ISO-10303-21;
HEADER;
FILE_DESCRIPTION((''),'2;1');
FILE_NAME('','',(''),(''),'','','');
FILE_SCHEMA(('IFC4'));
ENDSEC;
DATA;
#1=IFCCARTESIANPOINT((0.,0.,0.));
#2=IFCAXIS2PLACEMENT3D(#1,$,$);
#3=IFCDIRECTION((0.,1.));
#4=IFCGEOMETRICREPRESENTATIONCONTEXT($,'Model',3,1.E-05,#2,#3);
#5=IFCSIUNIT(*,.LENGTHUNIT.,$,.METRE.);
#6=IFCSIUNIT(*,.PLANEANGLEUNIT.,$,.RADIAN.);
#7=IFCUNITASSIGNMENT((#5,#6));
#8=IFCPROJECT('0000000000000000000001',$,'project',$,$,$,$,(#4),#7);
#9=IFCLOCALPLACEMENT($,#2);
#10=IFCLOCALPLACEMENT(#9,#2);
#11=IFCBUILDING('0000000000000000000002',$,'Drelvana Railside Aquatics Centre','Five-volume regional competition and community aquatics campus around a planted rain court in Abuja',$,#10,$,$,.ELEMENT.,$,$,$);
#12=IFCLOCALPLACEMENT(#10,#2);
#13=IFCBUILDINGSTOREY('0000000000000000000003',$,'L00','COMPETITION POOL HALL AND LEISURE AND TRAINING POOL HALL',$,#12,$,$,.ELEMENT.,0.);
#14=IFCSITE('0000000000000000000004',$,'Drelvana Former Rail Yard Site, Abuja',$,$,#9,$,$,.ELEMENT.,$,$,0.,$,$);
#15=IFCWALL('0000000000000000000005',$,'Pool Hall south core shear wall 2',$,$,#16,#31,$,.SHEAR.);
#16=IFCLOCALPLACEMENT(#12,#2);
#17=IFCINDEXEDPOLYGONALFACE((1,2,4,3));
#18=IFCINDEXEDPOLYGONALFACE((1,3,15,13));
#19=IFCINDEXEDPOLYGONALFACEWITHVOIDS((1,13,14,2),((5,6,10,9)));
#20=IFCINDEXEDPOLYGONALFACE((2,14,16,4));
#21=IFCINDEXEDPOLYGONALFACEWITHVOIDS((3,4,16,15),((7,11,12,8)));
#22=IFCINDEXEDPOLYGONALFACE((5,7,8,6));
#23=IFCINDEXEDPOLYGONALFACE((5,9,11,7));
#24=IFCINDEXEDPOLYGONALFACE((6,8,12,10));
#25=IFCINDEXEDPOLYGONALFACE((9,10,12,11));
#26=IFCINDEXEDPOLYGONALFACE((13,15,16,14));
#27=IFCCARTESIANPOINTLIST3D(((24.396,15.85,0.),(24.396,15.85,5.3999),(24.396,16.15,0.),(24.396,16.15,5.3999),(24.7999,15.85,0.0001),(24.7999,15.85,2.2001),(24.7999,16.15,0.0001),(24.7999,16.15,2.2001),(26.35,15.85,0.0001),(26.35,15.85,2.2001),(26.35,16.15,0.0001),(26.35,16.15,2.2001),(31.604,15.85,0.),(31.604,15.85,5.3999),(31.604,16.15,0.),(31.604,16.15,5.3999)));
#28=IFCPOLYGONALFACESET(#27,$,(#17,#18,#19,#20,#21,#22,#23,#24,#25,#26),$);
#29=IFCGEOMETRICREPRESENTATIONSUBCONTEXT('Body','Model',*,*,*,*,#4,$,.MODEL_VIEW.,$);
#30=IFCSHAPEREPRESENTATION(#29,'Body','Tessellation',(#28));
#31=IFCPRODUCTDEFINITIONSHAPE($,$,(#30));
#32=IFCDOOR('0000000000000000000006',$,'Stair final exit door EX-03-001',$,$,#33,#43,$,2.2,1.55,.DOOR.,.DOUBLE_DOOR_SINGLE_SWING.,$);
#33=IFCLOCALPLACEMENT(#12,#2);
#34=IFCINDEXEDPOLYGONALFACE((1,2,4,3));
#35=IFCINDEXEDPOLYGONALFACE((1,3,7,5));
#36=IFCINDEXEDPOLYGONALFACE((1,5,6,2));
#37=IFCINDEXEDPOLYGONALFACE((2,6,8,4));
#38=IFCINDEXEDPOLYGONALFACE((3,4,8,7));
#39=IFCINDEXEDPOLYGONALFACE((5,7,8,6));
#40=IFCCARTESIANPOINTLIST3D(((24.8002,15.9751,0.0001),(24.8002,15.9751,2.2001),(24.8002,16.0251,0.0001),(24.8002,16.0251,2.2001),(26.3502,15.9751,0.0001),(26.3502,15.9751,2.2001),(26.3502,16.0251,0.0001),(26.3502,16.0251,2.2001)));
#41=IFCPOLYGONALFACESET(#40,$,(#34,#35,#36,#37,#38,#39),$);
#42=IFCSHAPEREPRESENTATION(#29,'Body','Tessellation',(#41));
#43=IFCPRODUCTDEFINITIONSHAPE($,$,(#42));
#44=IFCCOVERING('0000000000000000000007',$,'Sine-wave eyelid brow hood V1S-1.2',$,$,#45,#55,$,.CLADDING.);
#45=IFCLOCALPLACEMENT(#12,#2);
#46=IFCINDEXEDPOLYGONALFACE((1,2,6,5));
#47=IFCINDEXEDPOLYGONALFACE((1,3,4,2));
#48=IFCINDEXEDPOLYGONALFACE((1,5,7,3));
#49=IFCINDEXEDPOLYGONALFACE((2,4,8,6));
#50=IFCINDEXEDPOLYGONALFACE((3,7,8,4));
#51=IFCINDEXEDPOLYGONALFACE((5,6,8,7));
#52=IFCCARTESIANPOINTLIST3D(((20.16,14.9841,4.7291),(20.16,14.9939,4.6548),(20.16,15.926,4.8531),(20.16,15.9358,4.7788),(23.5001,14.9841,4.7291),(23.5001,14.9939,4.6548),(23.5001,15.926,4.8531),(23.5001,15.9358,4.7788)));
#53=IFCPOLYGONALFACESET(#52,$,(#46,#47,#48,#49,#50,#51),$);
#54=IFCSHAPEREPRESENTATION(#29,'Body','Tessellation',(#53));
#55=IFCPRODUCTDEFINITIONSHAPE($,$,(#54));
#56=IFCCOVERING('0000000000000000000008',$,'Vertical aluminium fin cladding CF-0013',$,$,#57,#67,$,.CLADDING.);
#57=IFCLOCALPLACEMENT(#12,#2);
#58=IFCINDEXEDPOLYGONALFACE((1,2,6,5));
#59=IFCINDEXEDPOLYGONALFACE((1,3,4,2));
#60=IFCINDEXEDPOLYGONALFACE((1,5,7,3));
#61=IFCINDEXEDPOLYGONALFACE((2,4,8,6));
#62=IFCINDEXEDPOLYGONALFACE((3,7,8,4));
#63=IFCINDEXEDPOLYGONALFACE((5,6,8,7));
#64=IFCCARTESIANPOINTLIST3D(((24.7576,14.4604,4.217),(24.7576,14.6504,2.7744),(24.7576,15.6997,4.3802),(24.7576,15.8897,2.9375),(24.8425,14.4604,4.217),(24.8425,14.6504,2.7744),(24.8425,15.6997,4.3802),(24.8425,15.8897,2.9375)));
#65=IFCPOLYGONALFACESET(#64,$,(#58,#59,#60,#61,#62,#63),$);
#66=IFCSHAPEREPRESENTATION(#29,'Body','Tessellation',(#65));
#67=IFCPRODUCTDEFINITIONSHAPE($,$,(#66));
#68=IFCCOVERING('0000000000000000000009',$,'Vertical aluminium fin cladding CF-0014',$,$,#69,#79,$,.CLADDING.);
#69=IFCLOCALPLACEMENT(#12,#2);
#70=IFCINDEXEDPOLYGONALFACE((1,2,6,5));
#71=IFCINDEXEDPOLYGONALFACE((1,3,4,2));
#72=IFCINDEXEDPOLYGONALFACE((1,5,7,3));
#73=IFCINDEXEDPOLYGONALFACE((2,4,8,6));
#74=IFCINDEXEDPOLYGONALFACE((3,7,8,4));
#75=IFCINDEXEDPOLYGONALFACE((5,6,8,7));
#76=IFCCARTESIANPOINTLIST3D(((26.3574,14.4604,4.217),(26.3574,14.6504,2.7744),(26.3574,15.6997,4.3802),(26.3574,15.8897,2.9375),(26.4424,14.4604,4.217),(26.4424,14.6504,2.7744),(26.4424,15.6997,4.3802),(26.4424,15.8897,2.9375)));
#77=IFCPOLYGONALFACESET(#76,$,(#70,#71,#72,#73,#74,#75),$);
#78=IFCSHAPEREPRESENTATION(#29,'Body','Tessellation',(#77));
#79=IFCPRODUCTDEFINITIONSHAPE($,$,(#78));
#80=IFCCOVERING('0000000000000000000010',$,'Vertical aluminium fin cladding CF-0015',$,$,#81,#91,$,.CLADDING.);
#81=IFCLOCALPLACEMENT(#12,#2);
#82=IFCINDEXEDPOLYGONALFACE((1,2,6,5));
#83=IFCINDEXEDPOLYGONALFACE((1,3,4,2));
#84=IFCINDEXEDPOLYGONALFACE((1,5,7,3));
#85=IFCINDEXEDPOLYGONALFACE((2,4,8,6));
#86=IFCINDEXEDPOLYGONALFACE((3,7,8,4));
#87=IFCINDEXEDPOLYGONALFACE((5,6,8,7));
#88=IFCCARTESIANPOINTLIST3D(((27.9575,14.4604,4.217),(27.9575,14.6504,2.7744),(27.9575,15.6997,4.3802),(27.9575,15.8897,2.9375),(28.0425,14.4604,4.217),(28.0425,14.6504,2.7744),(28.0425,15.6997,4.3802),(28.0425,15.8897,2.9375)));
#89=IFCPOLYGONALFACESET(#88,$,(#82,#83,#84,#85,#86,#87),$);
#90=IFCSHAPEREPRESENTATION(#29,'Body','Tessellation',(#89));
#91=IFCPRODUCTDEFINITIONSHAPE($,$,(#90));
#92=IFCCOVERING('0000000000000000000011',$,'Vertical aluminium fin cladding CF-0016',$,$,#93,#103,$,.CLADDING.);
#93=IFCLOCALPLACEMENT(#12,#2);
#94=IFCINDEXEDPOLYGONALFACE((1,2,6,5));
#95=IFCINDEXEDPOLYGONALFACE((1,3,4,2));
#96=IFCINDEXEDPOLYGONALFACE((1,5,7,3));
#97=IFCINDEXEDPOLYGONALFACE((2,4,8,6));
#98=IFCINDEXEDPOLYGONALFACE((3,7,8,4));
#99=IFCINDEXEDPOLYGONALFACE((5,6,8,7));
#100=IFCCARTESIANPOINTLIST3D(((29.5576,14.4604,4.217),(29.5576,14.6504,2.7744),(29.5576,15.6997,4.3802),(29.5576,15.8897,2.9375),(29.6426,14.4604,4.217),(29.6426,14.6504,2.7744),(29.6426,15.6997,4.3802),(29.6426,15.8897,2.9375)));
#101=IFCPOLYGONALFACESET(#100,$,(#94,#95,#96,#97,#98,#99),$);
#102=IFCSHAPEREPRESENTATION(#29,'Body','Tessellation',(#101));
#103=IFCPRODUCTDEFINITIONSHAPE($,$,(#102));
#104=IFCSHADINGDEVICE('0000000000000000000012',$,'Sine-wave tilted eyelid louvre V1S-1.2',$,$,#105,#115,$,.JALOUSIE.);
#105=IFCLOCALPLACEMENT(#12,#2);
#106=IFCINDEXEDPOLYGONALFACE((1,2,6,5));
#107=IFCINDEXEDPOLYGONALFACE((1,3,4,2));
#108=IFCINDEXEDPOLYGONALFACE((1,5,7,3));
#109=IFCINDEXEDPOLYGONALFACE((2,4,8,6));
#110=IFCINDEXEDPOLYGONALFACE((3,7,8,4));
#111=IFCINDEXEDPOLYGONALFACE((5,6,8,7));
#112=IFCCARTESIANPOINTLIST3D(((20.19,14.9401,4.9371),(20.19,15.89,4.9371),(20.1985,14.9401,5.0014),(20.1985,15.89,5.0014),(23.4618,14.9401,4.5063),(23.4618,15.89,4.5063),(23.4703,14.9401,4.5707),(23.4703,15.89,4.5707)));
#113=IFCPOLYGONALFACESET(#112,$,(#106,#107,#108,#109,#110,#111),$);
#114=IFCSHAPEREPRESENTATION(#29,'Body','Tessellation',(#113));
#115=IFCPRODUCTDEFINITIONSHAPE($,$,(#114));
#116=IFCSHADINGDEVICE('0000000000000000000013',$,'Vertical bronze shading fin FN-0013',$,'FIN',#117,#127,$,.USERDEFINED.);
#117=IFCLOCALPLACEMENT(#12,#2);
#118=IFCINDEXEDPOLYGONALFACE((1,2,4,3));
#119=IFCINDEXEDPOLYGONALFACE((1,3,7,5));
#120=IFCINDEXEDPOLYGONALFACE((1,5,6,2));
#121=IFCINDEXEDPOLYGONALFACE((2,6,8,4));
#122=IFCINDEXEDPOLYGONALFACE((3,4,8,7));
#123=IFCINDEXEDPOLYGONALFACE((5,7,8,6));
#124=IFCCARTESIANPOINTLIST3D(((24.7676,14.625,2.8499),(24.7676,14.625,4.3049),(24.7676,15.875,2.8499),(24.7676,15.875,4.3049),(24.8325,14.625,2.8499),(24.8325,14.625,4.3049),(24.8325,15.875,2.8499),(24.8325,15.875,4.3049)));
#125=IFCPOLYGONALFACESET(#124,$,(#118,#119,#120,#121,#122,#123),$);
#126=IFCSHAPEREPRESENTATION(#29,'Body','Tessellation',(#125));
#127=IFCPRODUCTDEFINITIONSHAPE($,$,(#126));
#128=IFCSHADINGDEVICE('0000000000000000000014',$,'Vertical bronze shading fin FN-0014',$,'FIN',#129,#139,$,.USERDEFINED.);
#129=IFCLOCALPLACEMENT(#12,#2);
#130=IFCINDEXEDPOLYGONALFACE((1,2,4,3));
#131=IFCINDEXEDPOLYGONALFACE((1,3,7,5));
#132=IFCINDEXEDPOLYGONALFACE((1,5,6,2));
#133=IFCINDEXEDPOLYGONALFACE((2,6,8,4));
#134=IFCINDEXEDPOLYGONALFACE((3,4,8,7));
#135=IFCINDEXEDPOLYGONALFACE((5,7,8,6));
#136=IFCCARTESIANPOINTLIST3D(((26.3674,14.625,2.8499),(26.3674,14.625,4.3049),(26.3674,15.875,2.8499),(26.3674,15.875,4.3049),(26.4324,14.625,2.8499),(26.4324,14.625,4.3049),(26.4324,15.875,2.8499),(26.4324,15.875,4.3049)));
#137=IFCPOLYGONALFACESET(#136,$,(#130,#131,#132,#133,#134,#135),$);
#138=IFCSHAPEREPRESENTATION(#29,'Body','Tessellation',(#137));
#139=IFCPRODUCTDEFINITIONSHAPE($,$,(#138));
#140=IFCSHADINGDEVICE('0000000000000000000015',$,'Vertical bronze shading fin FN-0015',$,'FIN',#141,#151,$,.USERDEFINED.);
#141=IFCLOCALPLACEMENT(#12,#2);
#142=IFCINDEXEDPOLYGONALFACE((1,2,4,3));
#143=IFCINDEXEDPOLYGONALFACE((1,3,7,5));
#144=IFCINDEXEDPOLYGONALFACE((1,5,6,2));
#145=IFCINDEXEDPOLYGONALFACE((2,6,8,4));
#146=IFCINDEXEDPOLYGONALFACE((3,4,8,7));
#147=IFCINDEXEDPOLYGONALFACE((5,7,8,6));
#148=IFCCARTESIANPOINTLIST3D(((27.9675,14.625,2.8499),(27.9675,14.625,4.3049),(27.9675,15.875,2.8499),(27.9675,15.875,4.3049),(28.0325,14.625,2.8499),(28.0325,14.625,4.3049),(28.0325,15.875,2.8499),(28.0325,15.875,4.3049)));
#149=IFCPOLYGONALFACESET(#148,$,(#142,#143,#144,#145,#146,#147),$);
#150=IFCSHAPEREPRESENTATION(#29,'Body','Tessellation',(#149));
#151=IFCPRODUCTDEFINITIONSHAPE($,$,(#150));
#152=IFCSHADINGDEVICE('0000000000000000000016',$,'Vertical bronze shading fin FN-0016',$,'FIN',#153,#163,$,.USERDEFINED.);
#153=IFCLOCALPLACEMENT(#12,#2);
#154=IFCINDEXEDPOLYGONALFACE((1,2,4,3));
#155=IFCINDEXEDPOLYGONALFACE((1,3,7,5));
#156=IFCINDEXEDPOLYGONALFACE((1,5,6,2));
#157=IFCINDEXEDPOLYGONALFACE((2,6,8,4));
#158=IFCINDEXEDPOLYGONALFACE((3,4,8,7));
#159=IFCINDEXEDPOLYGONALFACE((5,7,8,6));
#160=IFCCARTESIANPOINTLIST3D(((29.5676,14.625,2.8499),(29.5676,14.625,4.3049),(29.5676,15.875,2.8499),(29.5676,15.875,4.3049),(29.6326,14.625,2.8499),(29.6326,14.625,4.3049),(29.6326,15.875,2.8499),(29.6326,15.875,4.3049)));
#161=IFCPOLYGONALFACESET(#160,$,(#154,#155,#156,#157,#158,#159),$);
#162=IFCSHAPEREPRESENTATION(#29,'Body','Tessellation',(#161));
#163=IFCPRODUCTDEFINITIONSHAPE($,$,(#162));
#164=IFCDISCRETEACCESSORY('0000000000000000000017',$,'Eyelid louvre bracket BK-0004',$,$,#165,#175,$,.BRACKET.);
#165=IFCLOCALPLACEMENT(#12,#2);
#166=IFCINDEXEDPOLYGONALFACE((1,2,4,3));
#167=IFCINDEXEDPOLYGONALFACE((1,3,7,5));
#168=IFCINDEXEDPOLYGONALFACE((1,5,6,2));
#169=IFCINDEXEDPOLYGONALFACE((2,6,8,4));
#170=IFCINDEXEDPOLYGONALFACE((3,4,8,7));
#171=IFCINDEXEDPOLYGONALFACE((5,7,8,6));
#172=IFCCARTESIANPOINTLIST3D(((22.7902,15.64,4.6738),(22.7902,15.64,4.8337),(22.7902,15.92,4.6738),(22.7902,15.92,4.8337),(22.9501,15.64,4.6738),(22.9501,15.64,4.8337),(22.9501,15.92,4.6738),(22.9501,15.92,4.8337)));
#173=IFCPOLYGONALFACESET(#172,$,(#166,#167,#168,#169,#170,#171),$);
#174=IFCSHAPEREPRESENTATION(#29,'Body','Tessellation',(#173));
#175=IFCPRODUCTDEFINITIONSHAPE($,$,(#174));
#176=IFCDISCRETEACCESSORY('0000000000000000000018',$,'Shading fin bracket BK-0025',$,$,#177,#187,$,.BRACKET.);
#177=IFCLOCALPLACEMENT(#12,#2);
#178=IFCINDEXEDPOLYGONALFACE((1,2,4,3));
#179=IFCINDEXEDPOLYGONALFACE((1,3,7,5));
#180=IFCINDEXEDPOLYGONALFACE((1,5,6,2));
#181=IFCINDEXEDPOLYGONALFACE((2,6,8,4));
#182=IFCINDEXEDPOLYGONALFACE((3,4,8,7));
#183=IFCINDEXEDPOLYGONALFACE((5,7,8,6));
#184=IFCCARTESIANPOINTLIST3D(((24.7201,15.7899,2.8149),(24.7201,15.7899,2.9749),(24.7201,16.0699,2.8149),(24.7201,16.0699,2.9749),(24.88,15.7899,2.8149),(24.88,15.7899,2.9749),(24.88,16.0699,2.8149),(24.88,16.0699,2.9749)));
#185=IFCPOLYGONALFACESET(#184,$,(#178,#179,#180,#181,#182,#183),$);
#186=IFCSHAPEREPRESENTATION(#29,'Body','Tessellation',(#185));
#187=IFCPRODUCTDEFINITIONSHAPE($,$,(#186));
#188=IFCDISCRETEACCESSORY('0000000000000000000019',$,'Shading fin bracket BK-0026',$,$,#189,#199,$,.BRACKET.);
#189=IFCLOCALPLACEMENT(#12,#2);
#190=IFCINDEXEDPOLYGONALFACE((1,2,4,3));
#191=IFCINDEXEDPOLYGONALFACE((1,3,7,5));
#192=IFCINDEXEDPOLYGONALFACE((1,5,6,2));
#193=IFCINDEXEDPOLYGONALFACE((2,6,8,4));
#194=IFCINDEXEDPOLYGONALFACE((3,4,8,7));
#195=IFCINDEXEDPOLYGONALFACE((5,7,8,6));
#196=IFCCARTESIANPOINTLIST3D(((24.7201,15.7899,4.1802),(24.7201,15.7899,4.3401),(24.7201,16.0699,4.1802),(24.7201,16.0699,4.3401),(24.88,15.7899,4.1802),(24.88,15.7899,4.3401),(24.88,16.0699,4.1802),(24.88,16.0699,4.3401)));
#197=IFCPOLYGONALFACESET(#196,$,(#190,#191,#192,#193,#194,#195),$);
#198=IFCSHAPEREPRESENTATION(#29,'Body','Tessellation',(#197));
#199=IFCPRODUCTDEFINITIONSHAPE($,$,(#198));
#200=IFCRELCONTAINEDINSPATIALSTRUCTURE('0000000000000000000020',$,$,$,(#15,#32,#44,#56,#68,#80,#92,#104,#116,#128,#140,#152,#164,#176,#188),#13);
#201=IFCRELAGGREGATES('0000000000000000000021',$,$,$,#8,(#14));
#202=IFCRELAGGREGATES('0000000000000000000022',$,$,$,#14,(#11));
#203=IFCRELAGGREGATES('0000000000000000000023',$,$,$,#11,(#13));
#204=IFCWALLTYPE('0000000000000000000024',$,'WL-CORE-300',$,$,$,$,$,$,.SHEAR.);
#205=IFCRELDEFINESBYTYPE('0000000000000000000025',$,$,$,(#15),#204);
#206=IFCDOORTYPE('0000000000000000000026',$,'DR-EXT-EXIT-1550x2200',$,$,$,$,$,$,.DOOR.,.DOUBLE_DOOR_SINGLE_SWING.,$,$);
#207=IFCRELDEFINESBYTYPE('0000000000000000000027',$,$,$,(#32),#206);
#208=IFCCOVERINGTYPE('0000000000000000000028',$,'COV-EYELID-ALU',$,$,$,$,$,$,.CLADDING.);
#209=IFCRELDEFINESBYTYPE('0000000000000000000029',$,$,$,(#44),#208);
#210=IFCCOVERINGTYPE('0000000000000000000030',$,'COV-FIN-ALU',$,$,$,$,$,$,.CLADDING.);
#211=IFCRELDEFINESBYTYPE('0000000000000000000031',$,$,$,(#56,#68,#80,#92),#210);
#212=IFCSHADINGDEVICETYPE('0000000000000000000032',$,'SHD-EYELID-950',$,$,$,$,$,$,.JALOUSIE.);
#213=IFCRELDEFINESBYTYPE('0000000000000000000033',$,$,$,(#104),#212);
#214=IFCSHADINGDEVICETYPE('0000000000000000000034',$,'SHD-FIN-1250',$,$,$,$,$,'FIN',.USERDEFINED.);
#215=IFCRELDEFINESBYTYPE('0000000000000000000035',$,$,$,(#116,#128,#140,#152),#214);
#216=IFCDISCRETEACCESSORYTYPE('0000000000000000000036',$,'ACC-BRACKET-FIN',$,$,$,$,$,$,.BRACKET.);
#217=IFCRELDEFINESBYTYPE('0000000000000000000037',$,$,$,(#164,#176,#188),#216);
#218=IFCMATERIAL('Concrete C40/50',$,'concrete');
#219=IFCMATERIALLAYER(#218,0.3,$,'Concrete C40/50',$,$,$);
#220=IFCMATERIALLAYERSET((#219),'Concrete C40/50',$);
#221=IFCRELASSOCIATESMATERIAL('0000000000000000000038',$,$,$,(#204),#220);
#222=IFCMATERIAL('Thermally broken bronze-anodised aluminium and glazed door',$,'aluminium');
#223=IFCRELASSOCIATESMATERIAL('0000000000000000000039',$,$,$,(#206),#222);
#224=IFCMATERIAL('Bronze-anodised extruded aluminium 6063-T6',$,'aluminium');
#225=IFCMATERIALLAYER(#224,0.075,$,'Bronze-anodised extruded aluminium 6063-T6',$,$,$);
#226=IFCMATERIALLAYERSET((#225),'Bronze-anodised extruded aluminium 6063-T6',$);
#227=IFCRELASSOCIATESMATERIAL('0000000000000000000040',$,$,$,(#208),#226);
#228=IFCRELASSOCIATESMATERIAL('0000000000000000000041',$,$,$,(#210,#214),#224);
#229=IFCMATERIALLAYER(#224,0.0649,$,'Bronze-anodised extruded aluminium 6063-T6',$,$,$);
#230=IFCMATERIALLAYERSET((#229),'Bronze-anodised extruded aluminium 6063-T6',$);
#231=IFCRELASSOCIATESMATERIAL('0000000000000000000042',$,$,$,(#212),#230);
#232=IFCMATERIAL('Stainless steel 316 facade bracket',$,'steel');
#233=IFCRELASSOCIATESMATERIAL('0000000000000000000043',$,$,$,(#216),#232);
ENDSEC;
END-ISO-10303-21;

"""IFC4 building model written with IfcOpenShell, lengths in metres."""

from ifc_helpers import new_model, si_unit, direction, frame, frame_2d, origin, origin_2d, place, context, subcontext, project, spatial, rectangle, extrude, material, layer, layer_set, type_object, element, fill, save


model = new_model("IFC4")

# Units and contexts
model_context = context("Model", 3, precision=1e-05, world=origin(), true_north=direction((0.0, 1.0)))
body_context = subcontext(model_context, "Body", "Model", "MODEL_VIEW")
ifc_project = project(units=[si_unit("LENGTHUNIT", "METRE"), si_unit("PLANEANGLEUNIT", "RADIAN")], contexts=[model_context])

# Site, building, storey
site_placement = place(None, origin())
site = spatial("IfcSite", under=ifc_project, at=site_placement, Name="Drelvana Former Rail Yard Site, Abuja", CompositionType="ELEMENT", RefElevation=0.0)
building_placement = place(site_placement, origin())
building = spatial("IfcBuilding", under=site, at=building_placement, Name="Drelvana Railside Aquatics Centre", Description="Five-volume regional competition and community aquatics campus around a planted rain court in Abuja", CompositionType="ELEMENT")
storey_placement = place(building_placement, origin())
storey = spatial("IfcBuildingStorey", under=building, at=storey_placement, Name="L00", Description="COMPETITION POOL HALL AND LEISURE AND TRAINING POOL HALL", CompositionType="ELEMENT", Elevation=0.0)

# Shared definitions
ifc_material_1 = material(Name="Concrete C40/50", Category="concrete")

# Wall, opening, door
ifc_layer_1 = layer(ifc_material_1, 0.3, Name="Concrete C40/50")
ifc_layer_set_1 = layer_set([ifc_layer_1], Name="Concrete C40/50")
wall_type = type_object("IfcWallType", Name="WL-CORE-300", PredefinedType="SHEAR", material=ifc_layer_set_1)
wall_placement = place(storey_placement, frame((24.396, 16.0, 0.0), z_axis=(0.0, 0.0, 1.0), x_axis=(1.0, 0.0, 0.0)))
wall = element("IfcWall", 1, at=wall_placement, inside=storey, type_object=wall_type, Name="Pool Hall south core shear wall 2", PredefinedType="SHEAR", context=body_context, shape_type="SweptSolid", body=[
    extrude(rectangle(XDim=7.208, YDim=0.3, at=frame_2d((3.604, 0.0))), origin(), (0.0, 0.0, 1.0), 5.3999),
])
opening_placement = place(wall_placement, frame((0.4041, 0.0, 0.0)))
opening = element("IfcOpeningElement", 2, at=opening_placement, cuts=wall, PredefinedType="OPENING", context=body_context, shape_type="SweptSolid", body=[
    extrude(rectangle(XDim=1.55, YDim=2.2, at=frame_2d((0.7749, 1.1001))), frame((0.0, 0.1599, 0.0), z_axis=(0.0, -1.0, 0.0), x_axis=(1.0, 0.0, 0.0)), (0.0, 0.0, 1.0), 0.3201),
])
ifc_material_2 = material(Name="Thermally broken bronze-anodised aluminium and glazed door", Category="aluminium")
door_type = type_object("IfcDoorType", Name="DR-EXT-EXIT-1550x2200", OperationType="DOUBLE_DOOR_SINGLE_SWING", PredefinedType="DOOR", material=ifc_material_2)
door_placement = place(opening_placement, frame((1.55, 0.0, 0.0), z_axis=(0.0, 0.0, 1.0), x_axis=(-1.0, 0.0, 0.0)))
door = element("IfcDoor", 3, at=door_placement, inside=storey, type_object=door_type, Name="Stair final exit door EX-03-001", OperationType="DOUBLE_DOOR_SINGLE_SWING", OverallHeight=2.2, OverallWidth=1.55, PredefinedType="DOOR", context=body_context, shape_type="SweptSolid", body=[
    extrude(rectangle(XDim=1.55, YDim=2.2, at=frame_2d((0.7749, 1.1001))), frame((0.0, 0.0249, 0.0), z_axis=(0.0, -1.0, 0.0), x_axis=(1.0, 0.0, 0.0)), (0.0, 0.0, 1.0), 0.05),
])
fill(opening, door)

# Coverings
ifc_material_3 = material(Name="Bronze-anodised extruded aluminium 6063-T6", Category="aluminium")
ifc_layer_2 = layer(ifc_material_3, 0.075, Name="Bronze-anodised extruded aluminium 6063-T6")
ifc_layer_set_2 = layer_set([ifc_layer_2], Name="Bronze-anodised extruded aluminium 6063-T6")
covering_type_1 = type_object("IfcCoveringType", Name="COV-EYELID-ALU", PredefinedType="CLADDING", material=ifc_layer_set_2)
covering_placement = place(storey_placement, frame((21.8301, 15.4648, 4.7168), z_axis=(0.0, -0.130526, 0.991445), x_axis=(-1.0, 0.0, 0.0)))
element("IfcCovering", 4, at=covering_placement, inside=storey, type_object=covering_type_1, Name="Sine-wave eyelid brow hood V1S-1.2", PredefinedType="CLADDING", context=body_context, shape_type="SweptSolid", body=[
    extrude(rectangle(XDim=3.3401, YDim=0.95, at=origin_2d()), origin(), (0.0, 0.0, 1.0), 0.075),
])
covering_type_2 = type_object("IfcCoveringType", Name="COV-FIN-ALU", PredefinedType="CLADDING", material=ifc_material_3)
for number, where, z_axis, x_axis, name in (
    (5, (24.8, 15.27, 2.856), (0.0, -0.130526, 0.991445), (-1.0, 0.0, 0.0), "Vertical aluminium fin cladding CF-0013"),
    (6, (26.3999, 15.27, 2.856), (0.0, -0.130526, 0.991445), (-1.0, 0.0, 0.0), "Vertical aluminium fin cladding CF-0014"),
    (7, (28.0, 15.27, 2.856), (0.0, -0.130526, 0.991445), (-1.0, 0.0, 0.0), "Vertical aluminium fin cladding CF-0015"),
    (8, (29.6001, 15.27, 2.856), (0.0, -0.130526, 0.991445), (-1.0, 0.0, 0.0), "Vertical aluminium fin cladding CF-0016"),
):
    element("IfcCovering", number, at=place(storey_placement, frame(where, z_axis=z_axis, x_axis=x_axis)), inside=storey, type_object=covering_type_2, Name=name, PredefinedType="CLADDING", context=body_context, shape_type="SweptSolid", body=[
        extrude(rectangle(XDim=0.085, YDim=1.25, at=origin_2d()), origin(), (0.0, 0.0, 1.0), 1.4551),
    ])

# Shading devices
ifc_layer_3 = layer(ifc_material_3, 0.0649, Name="Bronze-anodised extruded aluminium 6063-T6")
ifc_layer_set_3 = layer_set([ifc_layer_3], Name="Bronze-anodised extruded aluminium 6063-T6")
shading_device_type_1 = type_object("IfcShadingDeviceType", Name="SHD-EYELID-950", PredefinedType="JALOUSIE", material=ifc_layer_set_3)
shading_device_placement = place(storey_placement, frame((21.8259, 15.415, 4.7217), z_axis=(0.130526, 0.0, 0.991445), x_axis=(0.0, -1.0, 0.0)))
element("IfcShadingDevice", 9, at=shading_device_placement, inside=storey, type_object=shading_device_type_1, Name="Sine-wave tilted eyelid louvre V1S-1.2", PredefinedType="JALOUSIE", context=body_context, shape_type="SweptSolid", body=[
    extrude(rectangle(XDim=0.95, YDim=3.3, at=origin_2d()), origin(), (0.0, 0.0, 1.0), 0.0649),
])
shading_device_type_2 = type_object("IfcShadingDeviceType", Name="SHD-FIN-1250", ElementType="FIN", PredefinedType="USERDEFINED", material=ifc_material_3)
for number, where, z_axis, x_axis, name in (
    (10, (24.8, 15.25, 2.8499), (0.0, 0.0, 1.0), (0.0, -1.0, 0.0), "Vertical bronze shading fin FN-0013"),
    (11, (26.3999, 15.25, 2.8499), (0.0, 0.0, 1.0), (0.0, -1.0, 0.0), "Vertical bronze shading fin FN-0014"),
    (12, (28.0, 15.25, 2.8499), (0.0, 0.0, 1.0), (0.0, -1.0, 0.0), "Vertical bronze shading fin FN-0015"),
    (13, (29.6001, 15.25, 2.8499), (0.0, 0.0, 1.0), (0.0, -1.0, 0.0), "Vertical bronze shading fin FN-0016"),
):
    element("IfcShadingDevice", number, at=place(storey_placement, frame(where, z_axis=z_axis, x_axis=x_axis)), inside=storey, type_object=shading_device_type_2, Name=name, ObjectType="FIN", PredefinedType="USERDEFINED", context=body_context, shape_type="SweptSolid", body=[
        extrude(rectangle(XDim=1.25, YDim=0.0649, at=origin_2d()), origin(), (0.0, 0.0, 1.0), 1.4551),
    ])

# Discrete accessories
ifc_material_4 = material(Name="Stainless steel 316 facade bracket", Category="steel")
discrete_accessory_type = type_object("IfcDiscreteAccessoryType", Name="ACC-BRACKET-FIN", PredefinedType="BRACKET", material=ifc_material_4)
discrete_accessory_placement = place(storey_placement, frame((22.8701, 15.78, 4.6738), z_axis=(0.0, 0.0, 1.0), x_axis=(1.0, 0.0, 0.0)))
element("IfcDiscreteAccessory", 14, at=discrete_accessory_placement, inside=storey, type_object=discrete_accessory_type, Name="Eyelid louvre bracket BK-0004", PredefinedType="BRACKET", context=body_context, shape_type="SweptSolid", body=[
    extrude(rectangle(XDim=0.1599, YDim=0.28, at=origin_2d()), origin(), (0.0, 0.0, 1.0), 0.1599),
])
for number, where, z_axis, x_axis, name in (
    (15, (24.8, 15.9299, 2.8149), (0.0, 0.0, 1.0), (0.0, -1.0, 0.0), "Shading fin bracket BK-0025"),
    (16, (24.8, 15.9299, 4.1802), (0.0, 0.0, 1.0), (0.0, -1.0, 0.0), "Shading fin bracket BK-0026"),
):
    element("IfcDiscreteAccessory", number, at=place(storey_placement, frame(where, z_axis=z_axis, x_axis=x_axis)), inside=storey, type_object=discrete_accessory_type, Name=name, PredefinedType="BRACKET", context=body_context, shape_type="SweptSolid", body=[
        extrude(rectangle(XDim=0.28, YDim=0.1599, at=origin_2d()), origin(), (0.0, 0.0, 1.0), 0.1599),
    ])

save(model, "model.ifc")
